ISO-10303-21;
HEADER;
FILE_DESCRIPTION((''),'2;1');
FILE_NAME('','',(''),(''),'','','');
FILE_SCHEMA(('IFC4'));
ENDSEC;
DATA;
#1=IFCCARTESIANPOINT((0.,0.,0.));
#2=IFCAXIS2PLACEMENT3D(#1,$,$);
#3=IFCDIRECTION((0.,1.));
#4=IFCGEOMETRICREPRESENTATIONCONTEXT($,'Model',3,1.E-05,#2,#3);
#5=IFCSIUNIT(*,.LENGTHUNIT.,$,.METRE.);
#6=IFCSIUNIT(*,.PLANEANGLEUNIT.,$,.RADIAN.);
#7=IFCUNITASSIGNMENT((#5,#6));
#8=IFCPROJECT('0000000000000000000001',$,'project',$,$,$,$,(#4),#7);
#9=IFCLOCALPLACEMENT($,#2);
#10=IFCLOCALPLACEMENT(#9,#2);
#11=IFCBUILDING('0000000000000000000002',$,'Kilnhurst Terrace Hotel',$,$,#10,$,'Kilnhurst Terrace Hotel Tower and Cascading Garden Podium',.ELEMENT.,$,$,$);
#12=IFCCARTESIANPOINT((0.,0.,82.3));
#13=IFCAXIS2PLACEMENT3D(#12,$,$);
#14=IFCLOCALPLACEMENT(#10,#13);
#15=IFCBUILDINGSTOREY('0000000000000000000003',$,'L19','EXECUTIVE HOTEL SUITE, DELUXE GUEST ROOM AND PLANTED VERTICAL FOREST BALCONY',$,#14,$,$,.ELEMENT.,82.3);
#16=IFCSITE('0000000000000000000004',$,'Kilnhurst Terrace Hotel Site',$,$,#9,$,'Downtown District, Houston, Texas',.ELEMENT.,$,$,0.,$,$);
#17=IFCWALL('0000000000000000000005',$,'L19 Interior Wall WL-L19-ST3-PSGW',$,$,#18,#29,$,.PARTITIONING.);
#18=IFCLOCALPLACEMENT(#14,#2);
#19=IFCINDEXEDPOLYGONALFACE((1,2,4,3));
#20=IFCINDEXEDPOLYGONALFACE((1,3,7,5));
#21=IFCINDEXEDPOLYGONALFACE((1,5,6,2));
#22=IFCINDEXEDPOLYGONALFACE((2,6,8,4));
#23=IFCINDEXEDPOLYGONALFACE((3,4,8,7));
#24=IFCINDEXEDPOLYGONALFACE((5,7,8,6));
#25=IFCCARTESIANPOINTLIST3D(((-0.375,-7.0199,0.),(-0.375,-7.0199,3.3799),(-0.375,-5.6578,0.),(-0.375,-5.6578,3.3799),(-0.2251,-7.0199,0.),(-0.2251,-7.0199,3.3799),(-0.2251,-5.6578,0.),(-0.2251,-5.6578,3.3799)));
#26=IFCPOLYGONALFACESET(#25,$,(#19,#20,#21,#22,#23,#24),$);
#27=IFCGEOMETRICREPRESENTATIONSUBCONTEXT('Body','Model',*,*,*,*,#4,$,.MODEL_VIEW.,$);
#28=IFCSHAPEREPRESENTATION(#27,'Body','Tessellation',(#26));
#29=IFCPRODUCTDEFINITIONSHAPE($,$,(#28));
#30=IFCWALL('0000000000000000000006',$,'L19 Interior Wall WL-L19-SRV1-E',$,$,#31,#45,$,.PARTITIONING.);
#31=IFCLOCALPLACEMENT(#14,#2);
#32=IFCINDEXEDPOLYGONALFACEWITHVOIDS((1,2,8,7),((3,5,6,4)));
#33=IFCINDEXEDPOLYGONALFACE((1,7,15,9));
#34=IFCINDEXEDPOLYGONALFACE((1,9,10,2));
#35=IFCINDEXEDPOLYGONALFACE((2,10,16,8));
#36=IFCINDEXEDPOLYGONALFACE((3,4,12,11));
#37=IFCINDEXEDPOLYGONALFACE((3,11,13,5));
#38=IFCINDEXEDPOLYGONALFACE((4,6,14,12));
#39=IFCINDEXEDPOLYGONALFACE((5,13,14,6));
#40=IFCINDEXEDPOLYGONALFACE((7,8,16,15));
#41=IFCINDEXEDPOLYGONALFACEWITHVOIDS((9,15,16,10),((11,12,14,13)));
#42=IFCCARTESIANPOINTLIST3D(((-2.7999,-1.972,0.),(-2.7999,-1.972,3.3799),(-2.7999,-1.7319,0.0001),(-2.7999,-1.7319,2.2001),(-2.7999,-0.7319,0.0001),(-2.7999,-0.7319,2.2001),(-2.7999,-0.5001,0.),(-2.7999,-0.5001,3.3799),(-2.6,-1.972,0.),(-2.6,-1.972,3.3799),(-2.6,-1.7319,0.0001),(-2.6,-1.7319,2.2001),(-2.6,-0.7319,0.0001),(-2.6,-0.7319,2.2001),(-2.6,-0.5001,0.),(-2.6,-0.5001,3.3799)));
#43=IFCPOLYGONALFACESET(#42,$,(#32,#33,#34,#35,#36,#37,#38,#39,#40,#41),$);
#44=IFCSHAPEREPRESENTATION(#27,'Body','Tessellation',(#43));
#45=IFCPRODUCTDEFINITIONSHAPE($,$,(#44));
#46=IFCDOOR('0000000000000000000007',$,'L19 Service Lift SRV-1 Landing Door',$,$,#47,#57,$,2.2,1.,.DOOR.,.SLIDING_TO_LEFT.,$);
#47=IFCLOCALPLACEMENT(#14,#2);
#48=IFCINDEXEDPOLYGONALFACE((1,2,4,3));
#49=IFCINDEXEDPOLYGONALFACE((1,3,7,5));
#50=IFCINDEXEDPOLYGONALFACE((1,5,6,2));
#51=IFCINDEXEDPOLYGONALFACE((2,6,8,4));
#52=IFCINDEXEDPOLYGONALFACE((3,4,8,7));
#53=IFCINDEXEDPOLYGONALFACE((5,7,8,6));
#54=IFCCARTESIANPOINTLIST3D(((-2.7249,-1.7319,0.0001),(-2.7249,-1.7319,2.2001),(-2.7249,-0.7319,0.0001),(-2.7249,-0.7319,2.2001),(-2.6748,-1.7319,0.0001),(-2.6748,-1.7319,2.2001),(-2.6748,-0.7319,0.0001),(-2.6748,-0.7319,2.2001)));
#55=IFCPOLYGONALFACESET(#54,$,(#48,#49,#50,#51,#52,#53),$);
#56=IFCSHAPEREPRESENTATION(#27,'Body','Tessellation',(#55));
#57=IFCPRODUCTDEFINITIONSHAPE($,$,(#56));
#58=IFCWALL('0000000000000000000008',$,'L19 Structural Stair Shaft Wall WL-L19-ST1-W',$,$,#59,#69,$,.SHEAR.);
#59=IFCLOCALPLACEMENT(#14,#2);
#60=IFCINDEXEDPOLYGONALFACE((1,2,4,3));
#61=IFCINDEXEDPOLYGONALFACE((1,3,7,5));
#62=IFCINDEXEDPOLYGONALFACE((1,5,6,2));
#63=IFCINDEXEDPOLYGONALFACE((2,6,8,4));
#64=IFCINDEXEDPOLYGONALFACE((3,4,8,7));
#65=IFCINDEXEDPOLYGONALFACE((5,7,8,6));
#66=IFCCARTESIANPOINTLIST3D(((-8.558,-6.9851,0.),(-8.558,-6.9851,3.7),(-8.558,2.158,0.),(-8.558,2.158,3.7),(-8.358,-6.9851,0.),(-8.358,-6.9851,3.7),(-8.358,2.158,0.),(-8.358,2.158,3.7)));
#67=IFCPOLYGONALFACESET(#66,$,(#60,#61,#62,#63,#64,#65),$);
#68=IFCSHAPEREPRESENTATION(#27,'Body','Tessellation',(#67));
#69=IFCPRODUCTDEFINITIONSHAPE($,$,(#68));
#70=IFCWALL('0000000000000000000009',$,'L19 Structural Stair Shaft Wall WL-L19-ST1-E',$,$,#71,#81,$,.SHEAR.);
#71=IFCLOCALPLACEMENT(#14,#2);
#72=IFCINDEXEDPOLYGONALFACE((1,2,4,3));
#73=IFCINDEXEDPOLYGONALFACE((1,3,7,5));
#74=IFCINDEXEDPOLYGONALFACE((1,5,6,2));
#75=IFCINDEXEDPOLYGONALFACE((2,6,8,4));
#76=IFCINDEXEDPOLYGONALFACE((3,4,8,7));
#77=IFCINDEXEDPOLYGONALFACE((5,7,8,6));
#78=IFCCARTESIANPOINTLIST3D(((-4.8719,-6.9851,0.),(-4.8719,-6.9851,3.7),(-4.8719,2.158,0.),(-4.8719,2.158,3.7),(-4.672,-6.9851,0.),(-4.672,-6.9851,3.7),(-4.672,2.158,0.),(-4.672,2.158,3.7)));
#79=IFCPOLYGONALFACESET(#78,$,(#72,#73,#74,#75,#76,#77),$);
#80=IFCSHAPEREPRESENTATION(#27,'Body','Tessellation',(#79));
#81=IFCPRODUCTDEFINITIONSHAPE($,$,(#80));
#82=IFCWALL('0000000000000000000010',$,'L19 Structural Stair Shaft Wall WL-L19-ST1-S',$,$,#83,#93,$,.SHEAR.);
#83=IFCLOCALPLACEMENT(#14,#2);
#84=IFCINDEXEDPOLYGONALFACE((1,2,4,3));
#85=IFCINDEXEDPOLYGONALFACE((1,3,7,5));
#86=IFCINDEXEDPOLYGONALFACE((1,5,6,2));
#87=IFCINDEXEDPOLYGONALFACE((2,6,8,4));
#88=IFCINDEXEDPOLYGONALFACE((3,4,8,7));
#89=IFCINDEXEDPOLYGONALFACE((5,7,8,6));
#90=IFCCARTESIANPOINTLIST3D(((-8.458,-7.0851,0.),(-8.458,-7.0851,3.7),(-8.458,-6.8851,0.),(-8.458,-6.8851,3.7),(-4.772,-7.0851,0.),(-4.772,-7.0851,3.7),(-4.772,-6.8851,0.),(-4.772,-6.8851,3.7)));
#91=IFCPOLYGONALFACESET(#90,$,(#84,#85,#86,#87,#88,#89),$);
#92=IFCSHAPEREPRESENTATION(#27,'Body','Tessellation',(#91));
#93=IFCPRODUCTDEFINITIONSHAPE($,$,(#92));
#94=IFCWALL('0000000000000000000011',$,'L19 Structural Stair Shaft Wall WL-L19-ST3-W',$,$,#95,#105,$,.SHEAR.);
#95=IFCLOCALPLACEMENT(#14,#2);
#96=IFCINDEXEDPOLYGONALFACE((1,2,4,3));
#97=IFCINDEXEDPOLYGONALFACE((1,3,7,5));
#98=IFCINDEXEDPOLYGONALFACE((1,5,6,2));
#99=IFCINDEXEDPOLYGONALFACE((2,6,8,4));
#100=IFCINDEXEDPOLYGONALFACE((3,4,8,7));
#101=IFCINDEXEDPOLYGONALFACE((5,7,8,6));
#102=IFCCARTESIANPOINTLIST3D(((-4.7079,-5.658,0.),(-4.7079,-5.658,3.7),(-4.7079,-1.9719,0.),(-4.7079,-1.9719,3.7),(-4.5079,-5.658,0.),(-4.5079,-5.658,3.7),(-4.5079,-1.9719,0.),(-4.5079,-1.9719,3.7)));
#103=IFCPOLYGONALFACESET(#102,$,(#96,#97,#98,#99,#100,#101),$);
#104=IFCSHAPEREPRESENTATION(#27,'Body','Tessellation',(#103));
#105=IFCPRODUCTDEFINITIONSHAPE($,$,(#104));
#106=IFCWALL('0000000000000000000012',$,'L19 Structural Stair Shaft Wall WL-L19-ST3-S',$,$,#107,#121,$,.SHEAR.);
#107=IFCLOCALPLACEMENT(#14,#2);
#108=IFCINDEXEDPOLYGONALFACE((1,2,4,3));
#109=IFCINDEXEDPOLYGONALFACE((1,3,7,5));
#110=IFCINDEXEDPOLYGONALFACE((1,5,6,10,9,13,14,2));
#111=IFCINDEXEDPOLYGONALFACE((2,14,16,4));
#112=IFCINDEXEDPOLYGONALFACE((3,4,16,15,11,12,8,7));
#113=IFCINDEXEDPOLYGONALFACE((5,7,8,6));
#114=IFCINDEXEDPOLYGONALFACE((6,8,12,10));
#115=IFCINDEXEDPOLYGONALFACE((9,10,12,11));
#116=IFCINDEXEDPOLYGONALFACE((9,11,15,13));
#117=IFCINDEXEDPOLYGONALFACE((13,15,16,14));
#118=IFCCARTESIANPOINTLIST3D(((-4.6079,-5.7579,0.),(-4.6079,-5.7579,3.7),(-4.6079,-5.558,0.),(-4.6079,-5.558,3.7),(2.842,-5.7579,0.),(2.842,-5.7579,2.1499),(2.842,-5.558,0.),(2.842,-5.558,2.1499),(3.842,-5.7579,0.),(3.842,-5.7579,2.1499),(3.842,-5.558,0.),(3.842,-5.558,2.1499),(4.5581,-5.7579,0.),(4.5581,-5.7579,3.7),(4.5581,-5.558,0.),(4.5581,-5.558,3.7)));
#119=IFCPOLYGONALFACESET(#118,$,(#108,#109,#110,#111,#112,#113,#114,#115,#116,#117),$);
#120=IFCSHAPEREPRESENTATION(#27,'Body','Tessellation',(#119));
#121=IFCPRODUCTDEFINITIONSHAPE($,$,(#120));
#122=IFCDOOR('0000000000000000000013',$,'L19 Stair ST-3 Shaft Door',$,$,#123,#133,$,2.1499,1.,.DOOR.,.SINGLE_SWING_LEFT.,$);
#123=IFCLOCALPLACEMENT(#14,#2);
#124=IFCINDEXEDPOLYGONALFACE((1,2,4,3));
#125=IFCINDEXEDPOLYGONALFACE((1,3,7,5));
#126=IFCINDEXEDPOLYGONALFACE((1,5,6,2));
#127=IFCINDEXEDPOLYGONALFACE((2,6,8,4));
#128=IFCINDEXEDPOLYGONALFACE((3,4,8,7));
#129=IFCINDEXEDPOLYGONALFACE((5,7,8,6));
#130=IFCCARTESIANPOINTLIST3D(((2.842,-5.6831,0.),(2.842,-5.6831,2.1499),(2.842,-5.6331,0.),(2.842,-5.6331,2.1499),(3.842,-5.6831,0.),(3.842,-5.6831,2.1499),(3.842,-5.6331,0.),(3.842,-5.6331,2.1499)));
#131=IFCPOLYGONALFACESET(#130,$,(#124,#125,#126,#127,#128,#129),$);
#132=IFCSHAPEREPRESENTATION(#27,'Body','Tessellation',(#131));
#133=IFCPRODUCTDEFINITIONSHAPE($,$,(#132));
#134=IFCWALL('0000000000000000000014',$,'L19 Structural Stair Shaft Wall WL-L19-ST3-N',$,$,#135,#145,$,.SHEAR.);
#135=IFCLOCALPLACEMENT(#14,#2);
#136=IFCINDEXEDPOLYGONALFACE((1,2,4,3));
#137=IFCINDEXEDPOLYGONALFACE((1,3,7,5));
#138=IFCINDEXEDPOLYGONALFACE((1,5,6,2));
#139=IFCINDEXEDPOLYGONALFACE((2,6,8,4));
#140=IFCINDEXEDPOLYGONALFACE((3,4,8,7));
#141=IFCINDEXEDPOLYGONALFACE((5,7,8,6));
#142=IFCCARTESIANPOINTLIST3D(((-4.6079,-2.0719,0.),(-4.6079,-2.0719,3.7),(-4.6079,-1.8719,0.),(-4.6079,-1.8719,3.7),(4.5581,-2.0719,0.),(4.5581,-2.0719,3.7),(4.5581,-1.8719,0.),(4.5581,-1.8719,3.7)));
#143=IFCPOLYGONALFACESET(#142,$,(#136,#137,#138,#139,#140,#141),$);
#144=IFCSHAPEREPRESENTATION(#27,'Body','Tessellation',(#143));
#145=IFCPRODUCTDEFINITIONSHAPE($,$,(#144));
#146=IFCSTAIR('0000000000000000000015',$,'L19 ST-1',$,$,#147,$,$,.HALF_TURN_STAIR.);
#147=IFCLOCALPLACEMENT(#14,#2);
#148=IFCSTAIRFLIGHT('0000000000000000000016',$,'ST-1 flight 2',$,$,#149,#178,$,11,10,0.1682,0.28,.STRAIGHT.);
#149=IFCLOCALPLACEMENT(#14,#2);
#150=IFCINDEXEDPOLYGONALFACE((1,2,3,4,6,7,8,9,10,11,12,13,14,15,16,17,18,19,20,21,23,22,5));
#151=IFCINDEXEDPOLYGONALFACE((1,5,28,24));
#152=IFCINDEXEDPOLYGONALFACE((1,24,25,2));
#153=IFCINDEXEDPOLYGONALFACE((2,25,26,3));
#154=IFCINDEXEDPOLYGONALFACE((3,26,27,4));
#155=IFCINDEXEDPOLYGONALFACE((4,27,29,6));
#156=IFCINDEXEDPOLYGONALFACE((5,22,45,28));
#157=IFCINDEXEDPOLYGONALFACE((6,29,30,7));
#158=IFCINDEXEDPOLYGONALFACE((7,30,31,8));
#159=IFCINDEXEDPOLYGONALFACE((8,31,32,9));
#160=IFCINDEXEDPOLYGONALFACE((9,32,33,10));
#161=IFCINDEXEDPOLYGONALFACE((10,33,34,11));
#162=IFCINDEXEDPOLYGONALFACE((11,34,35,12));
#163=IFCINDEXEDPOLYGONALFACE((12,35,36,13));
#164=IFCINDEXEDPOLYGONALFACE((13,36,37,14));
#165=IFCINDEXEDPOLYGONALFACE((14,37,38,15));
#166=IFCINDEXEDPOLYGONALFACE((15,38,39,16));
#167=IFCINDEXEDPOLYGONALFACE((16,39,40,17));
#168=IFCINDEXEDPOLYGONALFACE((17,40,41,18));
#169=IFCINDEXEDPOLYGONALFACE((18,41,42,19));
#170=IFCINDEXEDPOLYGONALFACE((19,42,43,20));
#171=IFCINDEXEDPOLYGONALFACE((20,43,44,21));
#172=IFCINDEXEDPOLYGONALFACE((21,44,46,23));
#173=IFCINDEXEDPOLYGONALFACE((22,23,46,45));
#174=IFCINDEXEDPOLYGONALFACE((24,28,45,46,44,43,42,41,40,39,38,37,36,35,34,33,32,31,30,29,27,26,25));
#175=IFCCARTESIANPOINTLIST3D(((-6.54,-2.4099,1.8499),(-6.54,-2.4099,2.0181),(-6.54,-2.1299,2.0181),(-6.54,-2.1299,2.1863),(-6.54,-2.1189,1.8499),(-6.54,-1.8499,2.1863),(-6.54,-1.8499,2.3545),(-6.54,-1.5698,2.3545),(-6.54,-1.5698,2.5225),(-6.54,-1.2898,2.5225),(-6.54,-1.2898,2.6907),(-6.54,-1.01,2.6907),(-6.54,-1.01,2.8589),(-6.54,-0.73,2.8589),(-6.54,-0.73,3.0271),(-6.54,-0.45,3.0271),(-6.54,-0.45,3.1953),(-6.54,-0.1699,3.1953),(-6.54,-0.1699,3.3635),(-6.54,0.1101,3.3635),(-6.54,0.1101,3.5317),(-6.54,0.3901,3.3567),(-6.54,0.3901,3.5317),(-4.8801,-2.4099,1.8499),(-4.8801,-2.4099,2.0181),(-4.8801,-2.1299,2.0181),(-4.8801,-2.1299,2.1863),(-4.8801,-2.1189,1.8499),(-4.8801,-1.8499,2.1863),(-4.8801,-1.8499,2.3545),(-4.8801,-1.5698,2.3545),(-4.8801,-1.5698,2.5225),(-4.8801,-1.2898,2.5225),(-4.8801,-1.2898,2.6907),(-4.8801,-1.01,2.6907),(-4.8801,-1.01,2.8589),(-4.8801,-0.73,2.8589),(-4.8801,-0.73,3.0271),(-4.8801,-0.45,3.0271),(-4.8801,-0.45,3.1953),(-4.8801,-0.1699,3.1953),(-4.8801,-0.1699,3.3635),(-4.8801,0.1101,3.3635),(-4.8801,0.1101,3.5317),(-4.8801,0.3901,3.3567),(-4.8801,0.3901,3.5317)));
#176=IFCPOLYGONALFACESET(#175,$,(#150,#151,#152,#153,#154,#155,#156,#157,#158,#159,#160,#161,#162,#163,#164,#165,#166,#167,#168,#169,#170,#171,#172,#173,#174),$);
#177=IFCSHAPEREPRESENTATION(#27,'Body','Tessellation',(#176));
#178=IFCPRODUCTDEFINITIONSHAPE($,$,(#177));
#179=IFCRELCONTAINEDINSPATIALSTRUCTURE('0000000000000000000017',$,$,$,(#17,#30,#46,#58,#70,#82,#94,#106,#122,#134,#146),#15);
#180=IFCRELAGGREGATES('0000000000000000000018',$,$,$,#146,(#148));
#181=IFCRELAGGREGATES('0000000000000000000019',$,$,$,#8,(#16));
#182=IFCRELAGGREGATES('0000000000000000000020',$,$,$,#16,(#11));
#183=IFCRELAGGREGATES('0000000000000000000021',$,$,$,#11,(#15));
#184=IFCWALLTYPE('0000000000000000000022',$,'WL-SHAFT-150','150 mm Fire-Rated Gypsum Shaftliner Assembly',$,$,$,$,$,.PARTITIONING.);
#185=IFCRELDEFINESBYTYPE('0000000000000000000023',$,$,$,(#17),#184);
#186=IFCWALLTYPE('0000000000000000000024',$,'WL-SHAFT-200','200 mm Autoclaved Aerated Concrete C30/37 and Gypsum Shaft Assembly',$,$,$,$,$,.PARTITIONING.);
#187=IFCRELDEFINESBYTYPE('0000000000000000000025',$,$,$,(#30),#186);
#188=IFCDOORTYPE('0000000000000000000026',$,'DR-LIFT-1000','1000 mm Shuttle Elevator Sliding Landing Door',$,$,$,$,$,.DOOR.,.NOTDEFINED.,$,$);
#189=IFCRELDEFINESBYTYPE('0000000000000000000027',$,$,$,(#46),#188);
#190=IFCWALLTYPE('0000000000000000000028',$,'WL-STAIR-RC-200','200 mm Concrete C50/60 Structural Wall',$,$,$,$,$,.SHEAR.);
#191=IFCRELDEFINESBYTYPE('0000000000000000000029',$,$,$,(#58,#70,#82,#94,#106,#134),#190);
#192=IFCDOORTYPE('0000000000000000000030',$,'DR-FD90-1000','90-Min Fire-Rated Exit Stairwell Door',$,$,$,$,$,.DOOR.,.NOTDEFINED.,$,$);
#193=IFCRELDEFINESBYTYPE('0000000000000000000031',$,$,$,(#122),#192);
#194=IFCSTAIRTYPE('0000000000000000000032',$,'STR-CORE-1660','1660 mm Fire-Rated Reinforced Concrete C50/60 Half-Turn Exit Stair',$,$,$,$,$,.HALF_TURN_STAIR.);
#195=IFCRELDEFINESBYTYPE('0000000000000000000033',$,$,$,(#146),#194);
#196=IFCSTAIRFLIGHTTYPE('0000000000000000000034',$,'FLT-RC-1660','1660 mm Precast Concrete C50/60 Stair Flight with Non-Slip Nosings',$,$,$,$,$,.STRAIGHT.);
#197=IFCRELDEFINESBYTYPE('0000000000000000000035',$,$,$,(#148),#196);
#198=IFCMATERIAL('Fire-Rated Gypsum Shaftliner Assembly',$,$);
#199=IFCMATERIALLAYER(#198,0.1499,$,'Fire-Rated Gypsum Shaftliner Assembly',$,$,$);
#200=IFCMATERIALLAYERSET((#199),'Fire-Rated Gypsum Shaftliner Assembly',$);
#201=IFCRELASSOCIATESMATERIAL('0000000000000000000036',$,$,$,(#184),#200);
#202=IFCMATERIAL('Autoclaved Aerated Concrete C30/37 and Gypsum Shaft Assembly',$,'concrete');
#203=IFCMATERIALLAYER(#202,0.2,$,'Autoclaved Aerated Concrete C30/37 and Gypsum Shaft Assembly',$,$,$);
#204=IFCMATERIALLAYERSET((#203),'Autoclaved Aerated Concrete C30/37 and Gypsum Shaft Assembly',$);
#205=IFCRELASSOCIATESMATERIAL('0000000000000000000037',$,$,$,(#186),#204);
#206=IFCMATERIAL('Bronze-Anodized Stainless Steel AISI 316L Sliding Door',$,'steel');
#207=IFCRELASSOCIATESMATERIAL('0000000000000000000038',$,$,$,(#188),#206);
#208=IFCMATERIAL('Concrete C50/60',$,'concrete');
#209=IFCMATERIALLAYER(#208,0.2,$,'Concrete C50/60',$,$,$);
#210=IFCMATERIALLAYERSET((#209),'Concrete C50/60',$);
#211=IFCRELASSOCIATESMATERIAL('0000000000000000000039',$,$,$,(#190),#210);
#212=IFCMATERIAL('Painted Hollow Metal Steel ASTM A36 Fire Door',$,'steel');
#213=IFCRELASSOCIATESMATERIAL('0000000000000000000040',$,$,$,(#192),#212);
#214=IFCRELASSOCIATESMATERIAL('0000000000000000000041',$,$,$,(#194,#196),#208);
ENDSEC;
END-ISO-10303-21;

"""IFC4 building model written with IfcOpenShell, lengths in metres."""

from ifc_helpers import new_model, si_unit, direction, frame, frame_2d, origin, place, context, subcontext, project, spatial, polyline, rectangle, outline, extrude, material, layer, layer_set, type_object, element, fill, aggregate, save


model = new_model("IFC4")

# Units and contexts
model_context = context("Model", 3, precision=1e-05, world=origin(), true_north=direction((0.0, 1.0)))
body_context = subcontext(model_context, "Body", "Model", "MODEL_VIEW")
ifc_project = project(units=[si_unit("LENGTHUNIT", "METRE"), si_unit("PLANEANGLEUNIT", "RADIAN")], contexts=[model_context])

# Site, building, storey
site_placement = place(None, origin())
site = spatial("IfcSite", under=ifc_project, at=site_placement, Name="Kilnhurst Terrace Hotel Site", LongName="Downtown District, Houston, Texas", CompositionType="ELEMENT", RefElevation=0.0)
building_placement = place(site_placement, origin())
building = spatial("IfcBuilding", under=site, at=building_placement, Name="Kilnhurst Terrace Hotel", LongName="Kilnhurst Terrace Hotel Tower and Cascading Garden Podium", CompositionType="ELEMENT")
storey_placement = place(building_placement, frame((0.0, 0.0, 82.3)))
storey = spatial("IfcBuildingStorey", under=building, at=storey_placement, Name="L19", Description="EXECUTIVE HOTEL SUITE, DELUXE GUEST ROOM AND PLANTED VERTICAL FOREST BALCONY", CompositionType="ELEMENT", Elevation=82.3)

# Shared definitions
ifc_material_1 = material(Name="Painted Hollow Metal Steel ASTM A36 Fire Door", Category="steel")

# Wall
ifc_material_2 = material(Name="Fire-Rated Gypsum Shaftliner Assembly")
ifc_layer_1 = layer(ifc_material_2, 0.1499, Name="Fire-Rated Gypsum Shaftliner Assembly")
ifc_layer_set_1 = layer_set([ifc_layer_1], Name="Fire-Rated Gypsum Shaftliner Assembly")
wall_type_1 = type_object("IfcWallType", Name="WL-SHAFT-150", Description="150 mm Fire-Rated Gypsum Shaftliner Assembly", PredefinedType="PARTITIONING", material=ifc_layer_set_1)
wall_1_placement = place(storey_placement, frame((-0.3, -7.02, 0.0), z_axis=(0.0, 0.0, 1.0), x_axis=(0.0, 1.0, 0.0)))
element("IfcWall", 1, at=wall_1_placement, inside=storey, type_object=wall_type_1, Name="L19 Interior Wall WL-L19-ST3-PSGW", PredefinedType="PARTITIONING", context=body_context, shape_type="SweptSolid", body=[
    extrude(rectangle(XDim=1.3621, YDim=0.1499, at=frame_2d((0.6812, 0.0))), origin(), (0.0, 0.0, 1.0), 3.3799),
])

# Wall, opening, door
ifc_material_3 = material(Name="Autoclaved Aerated Concrete C30/37 and Gypsum Shaft Assembly", Category="concrete")
ifc_layer_2 = layer(ifc_material_3, 0.2, Name="Autoclaved Aerated Concrete C30/37 and Gypsum Shaft Assembly")
ifc_layer_set_2 = layer_set([ifc_layer_2], Name="Autoclaved Aerated Concrete C30/37 and Gypsum Shaft Assembly")
wall_type_2 = type_object("IfcWallType", Name="WL-SHAFT-200", Description="200 mm Autoclaved Aerated Concrete C30/37 and Gypsum Shaft Assembly", PredefinedType="PARTITIONING", material=ifc_layer_set_2)
wall_2_placement = place(storey_placement, frame((-2.7, -1.9719, 0.0), z_axis=(0.0, 0.0, 1.0), x_axis=(0.0, 1.0, 0.0)))
wall_2 = element("IfcWall", 2, at=wall_2_placement, inside=storey, type_object=wall_type_2, Name="L19 Interior Wall WL-L19-SRV1-E", PredefinedType="PARTITIONING", context=body_context, shape_type="SweptSolid", body=[
    extrude(rectangle(XDim=1.4719, YDim=0.2, at=frame_2d((0.7358, 0.0))), origin(), (0.0, 0.0, 1.0), 3.3799),
])
opening_1_placement = place(wall_2_placement, frame((0.24, 0.0, 0.0)))
opening_1 = element("IfcOpeningElement", 3, at=opening_1_placement, cuts=wall_2, PredefinedType="OPENING", context=body_context, shape_type="SweptSolid", body=[
    extrude(rectangle(XDim=1.0, YDim=2.2, at=frame_2d((0.5, 1.1001))), frame((0.0, 0.1099, 0.0), z_axis=(0.0, -1.0, 0.0), x_axis=(1.0, 0.0, 0.0)), (0.0, 0.0, 1.0), 0.22),
])
ifc_material_4 = material(Name="Bronze-Anodized Stainless Steel AISI 316L Sliding Door", Category="steel")
door_type_1 = type_object("IfcDoorType", Name="DR-LIFT-1000", Description="1000 mm Shuttle Elevator Sliding Landing Door", OperationType="NOTDEFINED", PredefinedType="DOOR", material=ifc_material_4)
door_1_placement = place(opening_1_placement, origin())
door_1 = element("IfcDoor", 4, at=door_1_placement, inside=storey, type_object=door_type_1, Name="L19 Service Lift SRV-1 Landing Door", OperationType="SLIDING_TO_LEFT", OverallHeight=2.2, OverallWidth=1.0, PredefinedType="DOOR", context=body_context, shape_type="SweptSolid", body=[
    extrude(rectangle(XDim=1.0, YDim=2.2, at=frame_2d((0.5, 1.1001))), frame((0.0, 0.0249, 0.0), z_axis=(0.0, -1.0, 0.0), x_axis=(1.0, 0.0, 0.0)), (0.0, 0.0, 1.0), 0.05),
])
fill(opening_1, door_1)

# Walls
ifc_material_5 = material(Name="Concrete C50/60", Category="concrete")
ifc_layer_3 = layer(ifc_material_5, 0.2, Name="Concrete C50/60")
ifc_layer_set_3 = layer_set([ifc_layer_3], Name="Concrete C50/60")
wall_type_3 = type_object("IfcWallType", Name="WL-STAIR-RC-200", Description="200 mm Concrete C50/60 Structural Wall", PredefinedType="SHEAR", material=ifc_layer_set_3)
for number, where, z_axis, x_axis, name in (
    (5, (-8.458, -6.9851, 0.0), (0.0, 0.0, 1.0), (0.0, 1.0, 0.0), "L19 Structural Stair Shaft Wall WL-L19-ST1-W"),
    (6, (-4.772, -6.9851, 0.0), (0.0, 0.0, 1.0), (0.0, 1.0, 0.0), "L19 Structural Stair Shaft Wall WL-L19-ST1-E"),
):
    element("IfcWall", number, at=place(storey_placement, frame(where, z_axis=z_axis, x_axis=x_axis)), inside=storey, type_object=wall_type_3, Name=name, PredefinedType="SHEAR", context=body_context, shape_type="SweptSolid", body=[
        extrude(rectangle(XDim=9.1431, YDim=0.2, at=frame_2d((4.5715, 0.0))), origin(), (0.0, 0.0, 1.0), 3.7),
    ])
for number, where, z_axis, x_axis, name in (
    (7, (-8.458, -6.9851, 0.0), (0.0, 0.0, 1.0), (1.0, 0.0, 0.0), "L19 Structural Stair Shaft Wall WL-L19-ST1-S"),
    (8, (-4.6079, -5.658, 0.0), (0.0, 0.0, 1.0), (0.0, 1.0, 0.0), "L19 Structural Stair Shaft Wall WL-L19-ST3-W"),
):
    element("IfcWall", number, at=place(storey_placement, frame(where, z_axis=z_axis, x_axis=x_axis)), inside=storey, type_object=wall_type_3, Name=name, PredefinedType="SHEAR", context=body_context, shape_type="SweptSolid", body=[
        extrude(rectangle(XDim=3.686, YDim=0.2, at=frame_2d((1.843, 0.0))), origin(), (0.0, 0.0, 1.0), 3.7),
    ])

# Wall, opening, door
wall_3_placement = place(storey_placement, frame((-4.6079, -5.658, 0.0), z_axis=(0.0, 0.0, 1.0), x_axis=(1.0, 0.0, 0.0)))
wall_3 = element("IfcWall", 9, at=wall_3_placement, inside=storey, type_object=wall_type_3, Name="L19 Structural Stair Shaft Wall WL-L19-ST3-S", PredefinedType="SHEAR", context=body_context, shape_type="SweptSolid", body=[
    extrude(rectangle(XDim=9.166, YDim=0.2, at=frame_2d((4.583, 0.0))), origin(), (0.0, 0.0, 1.0), 3.7),
])
opening_2_placement = place(wall_3_placement, frame((7.45, 0.0, 0.0)))
opening_2 = element("IfcOpeningElement", 10, at=opening_2_placement, cuts=wall_3, PredefinedType="OPENING", context=body_context, shape_type="SweptSolid", body=[
    extrude(rectangle(XDim=1.0, YDim=2.1499, at=frame_2d((0.5, 1.075))), frame((0.0, 0.1099, 0.0), z_axis=(0.0, -1.0, 0.0), x_axis=(1.0, 0.0, 0.0)), (0.0, 0.0, 1.0), 0.22),
])
door_type_2 = type_object("IfcDoorType", Name="DR-FD90-1000", Description="90-Min Fire-Rated Exit Stairwell Door", OperationType="NOTDEFINED", PredefinedType="DOOR", material=ifc_material_1)
door_2_placement = place(opening_2_placement, origin())
door_2 = element("IfcDoor", 11, at=door_2_placement, inside=storey, type_object=door_type_2, Name="L19 Stair ST-3 Shaft Door", OperationType="SINGLE_SWING_LEFT", OverallHeight=2.1499, OverallWidth=1.0, PredefinedType="DOOR", context=body_context, shape_type="SweptSolid", body=[
    extrude(rectangle(XDim=1.0, YDim=2.1499, at=frame_2d((0.5, 1.075))), frame((0.0, 0.0249, 0.0), z_axis=(0.0, -1.0, 0.0), x_axis=(1.0, 0.0, 0.0)), (0.0, 0.0, 1.0), 0.05),
])
fill(opening_2, door_2)

# Wall
wall_4_placement = place(storey_placement, frame((-4.6079, -1.9719, 0.0), z_axis=(0.0, 0.0, 1.0), x_axis=(1.0, 0.0, 0.0)))
element("IfcWall", 12, at=wall_4_placement, inside=storey, type_object=wall_type_3, Name="L19 Structural Stair Shaft Wall WL-L19-ST3-N", PredefinedType="SHEAR", context=body_context, shape_type="SweptSolid", body=[
    extrude(rectangle(XDim=9.166, YDim=0.2, at=frame_2d((4.583, 0.0))), origin(), (0.0, 0.0, 1.0), 3.7),
])

# Stair, stair flight
stair_type = type_object("IfcStairType", Name="STR-CORE-1660", Description="1660 mm Fire-Rated Reinforced Concrete C50/60 Half-Turn Exit Stair", PredefinedType="HALF_TURN_STAIR", material=ifc_material_5)
stair_1_placement = place(storey_placement, origin())
stair_1 = element("IfcStair", 13, at=stair_1_placement, inside=storey, type_object=stair_type, Name="L19 ST-1", PredefinedType="HALF_TURN_STAIR")
stair_flight_type = type_object("IfcStairFlightType", Name="FLT-RC-1660", Description="1660 mm Precast Concrete C50/60 Stair Flight with Non-Slip Nosings", PredefinedType="STRAIGHT", material=ifc_material_5)
stair_flight_1_placement = place(storey_placement, frame((-5.71, -2.4099, 1.8499), z_axis=(0.0, 0.0, 1.0), x_axis=(0.0, 1.0, 0.0)))
stair_flight_1 = element("IfcStairFlight", 14, at=stair_flight_1_placement, type_object=stair_flight_type, Name="ST-1 flight 2", NumberOfRisers=11, NumberOfTreads=10, PredefinedType="STRAIGHT", RiserHeight=0.1682, TreadLength=0.28, context=body_context, shape_type="SweptSolid", body=[
    extrude(outline(polyline([(0.0, 0.0), (0.0, 0.1682), (0.28, 0.1682), (0.28, 0.3364), (0.5601, 0.3364), (0.5601, 0.5046), (0.8401, 0.5046), (0.8401, 0.6726), (1.1201, 0.6726), (1.1201, 0.8408), (1.3999, 0.8408), (1.3999, 1.009), (1.6799, 1.009), (1.6799, 1.1772), (1.96, 1.1772), (1.96, 1.3455), (2.24, 1.3455), (2.24, 1.5137), (2.52, 1.5137), (2.52, 1.6819), (2.8, 1.6819), (2.8, 1.8501), (2.8, 1.5068), (0.291, 0.0), (0.0, 0.0)])), frame((0.0, 0.8301, 0.0), z_axis=(0.0, -1.0, 0.0), x_axis=(1.0, 0.0, 0.0)), (0.0, 0.0, 1.0), 1.6599),
])
aggregate(stair_1, [stair_flight_1])

save(model, "model.ifc")
